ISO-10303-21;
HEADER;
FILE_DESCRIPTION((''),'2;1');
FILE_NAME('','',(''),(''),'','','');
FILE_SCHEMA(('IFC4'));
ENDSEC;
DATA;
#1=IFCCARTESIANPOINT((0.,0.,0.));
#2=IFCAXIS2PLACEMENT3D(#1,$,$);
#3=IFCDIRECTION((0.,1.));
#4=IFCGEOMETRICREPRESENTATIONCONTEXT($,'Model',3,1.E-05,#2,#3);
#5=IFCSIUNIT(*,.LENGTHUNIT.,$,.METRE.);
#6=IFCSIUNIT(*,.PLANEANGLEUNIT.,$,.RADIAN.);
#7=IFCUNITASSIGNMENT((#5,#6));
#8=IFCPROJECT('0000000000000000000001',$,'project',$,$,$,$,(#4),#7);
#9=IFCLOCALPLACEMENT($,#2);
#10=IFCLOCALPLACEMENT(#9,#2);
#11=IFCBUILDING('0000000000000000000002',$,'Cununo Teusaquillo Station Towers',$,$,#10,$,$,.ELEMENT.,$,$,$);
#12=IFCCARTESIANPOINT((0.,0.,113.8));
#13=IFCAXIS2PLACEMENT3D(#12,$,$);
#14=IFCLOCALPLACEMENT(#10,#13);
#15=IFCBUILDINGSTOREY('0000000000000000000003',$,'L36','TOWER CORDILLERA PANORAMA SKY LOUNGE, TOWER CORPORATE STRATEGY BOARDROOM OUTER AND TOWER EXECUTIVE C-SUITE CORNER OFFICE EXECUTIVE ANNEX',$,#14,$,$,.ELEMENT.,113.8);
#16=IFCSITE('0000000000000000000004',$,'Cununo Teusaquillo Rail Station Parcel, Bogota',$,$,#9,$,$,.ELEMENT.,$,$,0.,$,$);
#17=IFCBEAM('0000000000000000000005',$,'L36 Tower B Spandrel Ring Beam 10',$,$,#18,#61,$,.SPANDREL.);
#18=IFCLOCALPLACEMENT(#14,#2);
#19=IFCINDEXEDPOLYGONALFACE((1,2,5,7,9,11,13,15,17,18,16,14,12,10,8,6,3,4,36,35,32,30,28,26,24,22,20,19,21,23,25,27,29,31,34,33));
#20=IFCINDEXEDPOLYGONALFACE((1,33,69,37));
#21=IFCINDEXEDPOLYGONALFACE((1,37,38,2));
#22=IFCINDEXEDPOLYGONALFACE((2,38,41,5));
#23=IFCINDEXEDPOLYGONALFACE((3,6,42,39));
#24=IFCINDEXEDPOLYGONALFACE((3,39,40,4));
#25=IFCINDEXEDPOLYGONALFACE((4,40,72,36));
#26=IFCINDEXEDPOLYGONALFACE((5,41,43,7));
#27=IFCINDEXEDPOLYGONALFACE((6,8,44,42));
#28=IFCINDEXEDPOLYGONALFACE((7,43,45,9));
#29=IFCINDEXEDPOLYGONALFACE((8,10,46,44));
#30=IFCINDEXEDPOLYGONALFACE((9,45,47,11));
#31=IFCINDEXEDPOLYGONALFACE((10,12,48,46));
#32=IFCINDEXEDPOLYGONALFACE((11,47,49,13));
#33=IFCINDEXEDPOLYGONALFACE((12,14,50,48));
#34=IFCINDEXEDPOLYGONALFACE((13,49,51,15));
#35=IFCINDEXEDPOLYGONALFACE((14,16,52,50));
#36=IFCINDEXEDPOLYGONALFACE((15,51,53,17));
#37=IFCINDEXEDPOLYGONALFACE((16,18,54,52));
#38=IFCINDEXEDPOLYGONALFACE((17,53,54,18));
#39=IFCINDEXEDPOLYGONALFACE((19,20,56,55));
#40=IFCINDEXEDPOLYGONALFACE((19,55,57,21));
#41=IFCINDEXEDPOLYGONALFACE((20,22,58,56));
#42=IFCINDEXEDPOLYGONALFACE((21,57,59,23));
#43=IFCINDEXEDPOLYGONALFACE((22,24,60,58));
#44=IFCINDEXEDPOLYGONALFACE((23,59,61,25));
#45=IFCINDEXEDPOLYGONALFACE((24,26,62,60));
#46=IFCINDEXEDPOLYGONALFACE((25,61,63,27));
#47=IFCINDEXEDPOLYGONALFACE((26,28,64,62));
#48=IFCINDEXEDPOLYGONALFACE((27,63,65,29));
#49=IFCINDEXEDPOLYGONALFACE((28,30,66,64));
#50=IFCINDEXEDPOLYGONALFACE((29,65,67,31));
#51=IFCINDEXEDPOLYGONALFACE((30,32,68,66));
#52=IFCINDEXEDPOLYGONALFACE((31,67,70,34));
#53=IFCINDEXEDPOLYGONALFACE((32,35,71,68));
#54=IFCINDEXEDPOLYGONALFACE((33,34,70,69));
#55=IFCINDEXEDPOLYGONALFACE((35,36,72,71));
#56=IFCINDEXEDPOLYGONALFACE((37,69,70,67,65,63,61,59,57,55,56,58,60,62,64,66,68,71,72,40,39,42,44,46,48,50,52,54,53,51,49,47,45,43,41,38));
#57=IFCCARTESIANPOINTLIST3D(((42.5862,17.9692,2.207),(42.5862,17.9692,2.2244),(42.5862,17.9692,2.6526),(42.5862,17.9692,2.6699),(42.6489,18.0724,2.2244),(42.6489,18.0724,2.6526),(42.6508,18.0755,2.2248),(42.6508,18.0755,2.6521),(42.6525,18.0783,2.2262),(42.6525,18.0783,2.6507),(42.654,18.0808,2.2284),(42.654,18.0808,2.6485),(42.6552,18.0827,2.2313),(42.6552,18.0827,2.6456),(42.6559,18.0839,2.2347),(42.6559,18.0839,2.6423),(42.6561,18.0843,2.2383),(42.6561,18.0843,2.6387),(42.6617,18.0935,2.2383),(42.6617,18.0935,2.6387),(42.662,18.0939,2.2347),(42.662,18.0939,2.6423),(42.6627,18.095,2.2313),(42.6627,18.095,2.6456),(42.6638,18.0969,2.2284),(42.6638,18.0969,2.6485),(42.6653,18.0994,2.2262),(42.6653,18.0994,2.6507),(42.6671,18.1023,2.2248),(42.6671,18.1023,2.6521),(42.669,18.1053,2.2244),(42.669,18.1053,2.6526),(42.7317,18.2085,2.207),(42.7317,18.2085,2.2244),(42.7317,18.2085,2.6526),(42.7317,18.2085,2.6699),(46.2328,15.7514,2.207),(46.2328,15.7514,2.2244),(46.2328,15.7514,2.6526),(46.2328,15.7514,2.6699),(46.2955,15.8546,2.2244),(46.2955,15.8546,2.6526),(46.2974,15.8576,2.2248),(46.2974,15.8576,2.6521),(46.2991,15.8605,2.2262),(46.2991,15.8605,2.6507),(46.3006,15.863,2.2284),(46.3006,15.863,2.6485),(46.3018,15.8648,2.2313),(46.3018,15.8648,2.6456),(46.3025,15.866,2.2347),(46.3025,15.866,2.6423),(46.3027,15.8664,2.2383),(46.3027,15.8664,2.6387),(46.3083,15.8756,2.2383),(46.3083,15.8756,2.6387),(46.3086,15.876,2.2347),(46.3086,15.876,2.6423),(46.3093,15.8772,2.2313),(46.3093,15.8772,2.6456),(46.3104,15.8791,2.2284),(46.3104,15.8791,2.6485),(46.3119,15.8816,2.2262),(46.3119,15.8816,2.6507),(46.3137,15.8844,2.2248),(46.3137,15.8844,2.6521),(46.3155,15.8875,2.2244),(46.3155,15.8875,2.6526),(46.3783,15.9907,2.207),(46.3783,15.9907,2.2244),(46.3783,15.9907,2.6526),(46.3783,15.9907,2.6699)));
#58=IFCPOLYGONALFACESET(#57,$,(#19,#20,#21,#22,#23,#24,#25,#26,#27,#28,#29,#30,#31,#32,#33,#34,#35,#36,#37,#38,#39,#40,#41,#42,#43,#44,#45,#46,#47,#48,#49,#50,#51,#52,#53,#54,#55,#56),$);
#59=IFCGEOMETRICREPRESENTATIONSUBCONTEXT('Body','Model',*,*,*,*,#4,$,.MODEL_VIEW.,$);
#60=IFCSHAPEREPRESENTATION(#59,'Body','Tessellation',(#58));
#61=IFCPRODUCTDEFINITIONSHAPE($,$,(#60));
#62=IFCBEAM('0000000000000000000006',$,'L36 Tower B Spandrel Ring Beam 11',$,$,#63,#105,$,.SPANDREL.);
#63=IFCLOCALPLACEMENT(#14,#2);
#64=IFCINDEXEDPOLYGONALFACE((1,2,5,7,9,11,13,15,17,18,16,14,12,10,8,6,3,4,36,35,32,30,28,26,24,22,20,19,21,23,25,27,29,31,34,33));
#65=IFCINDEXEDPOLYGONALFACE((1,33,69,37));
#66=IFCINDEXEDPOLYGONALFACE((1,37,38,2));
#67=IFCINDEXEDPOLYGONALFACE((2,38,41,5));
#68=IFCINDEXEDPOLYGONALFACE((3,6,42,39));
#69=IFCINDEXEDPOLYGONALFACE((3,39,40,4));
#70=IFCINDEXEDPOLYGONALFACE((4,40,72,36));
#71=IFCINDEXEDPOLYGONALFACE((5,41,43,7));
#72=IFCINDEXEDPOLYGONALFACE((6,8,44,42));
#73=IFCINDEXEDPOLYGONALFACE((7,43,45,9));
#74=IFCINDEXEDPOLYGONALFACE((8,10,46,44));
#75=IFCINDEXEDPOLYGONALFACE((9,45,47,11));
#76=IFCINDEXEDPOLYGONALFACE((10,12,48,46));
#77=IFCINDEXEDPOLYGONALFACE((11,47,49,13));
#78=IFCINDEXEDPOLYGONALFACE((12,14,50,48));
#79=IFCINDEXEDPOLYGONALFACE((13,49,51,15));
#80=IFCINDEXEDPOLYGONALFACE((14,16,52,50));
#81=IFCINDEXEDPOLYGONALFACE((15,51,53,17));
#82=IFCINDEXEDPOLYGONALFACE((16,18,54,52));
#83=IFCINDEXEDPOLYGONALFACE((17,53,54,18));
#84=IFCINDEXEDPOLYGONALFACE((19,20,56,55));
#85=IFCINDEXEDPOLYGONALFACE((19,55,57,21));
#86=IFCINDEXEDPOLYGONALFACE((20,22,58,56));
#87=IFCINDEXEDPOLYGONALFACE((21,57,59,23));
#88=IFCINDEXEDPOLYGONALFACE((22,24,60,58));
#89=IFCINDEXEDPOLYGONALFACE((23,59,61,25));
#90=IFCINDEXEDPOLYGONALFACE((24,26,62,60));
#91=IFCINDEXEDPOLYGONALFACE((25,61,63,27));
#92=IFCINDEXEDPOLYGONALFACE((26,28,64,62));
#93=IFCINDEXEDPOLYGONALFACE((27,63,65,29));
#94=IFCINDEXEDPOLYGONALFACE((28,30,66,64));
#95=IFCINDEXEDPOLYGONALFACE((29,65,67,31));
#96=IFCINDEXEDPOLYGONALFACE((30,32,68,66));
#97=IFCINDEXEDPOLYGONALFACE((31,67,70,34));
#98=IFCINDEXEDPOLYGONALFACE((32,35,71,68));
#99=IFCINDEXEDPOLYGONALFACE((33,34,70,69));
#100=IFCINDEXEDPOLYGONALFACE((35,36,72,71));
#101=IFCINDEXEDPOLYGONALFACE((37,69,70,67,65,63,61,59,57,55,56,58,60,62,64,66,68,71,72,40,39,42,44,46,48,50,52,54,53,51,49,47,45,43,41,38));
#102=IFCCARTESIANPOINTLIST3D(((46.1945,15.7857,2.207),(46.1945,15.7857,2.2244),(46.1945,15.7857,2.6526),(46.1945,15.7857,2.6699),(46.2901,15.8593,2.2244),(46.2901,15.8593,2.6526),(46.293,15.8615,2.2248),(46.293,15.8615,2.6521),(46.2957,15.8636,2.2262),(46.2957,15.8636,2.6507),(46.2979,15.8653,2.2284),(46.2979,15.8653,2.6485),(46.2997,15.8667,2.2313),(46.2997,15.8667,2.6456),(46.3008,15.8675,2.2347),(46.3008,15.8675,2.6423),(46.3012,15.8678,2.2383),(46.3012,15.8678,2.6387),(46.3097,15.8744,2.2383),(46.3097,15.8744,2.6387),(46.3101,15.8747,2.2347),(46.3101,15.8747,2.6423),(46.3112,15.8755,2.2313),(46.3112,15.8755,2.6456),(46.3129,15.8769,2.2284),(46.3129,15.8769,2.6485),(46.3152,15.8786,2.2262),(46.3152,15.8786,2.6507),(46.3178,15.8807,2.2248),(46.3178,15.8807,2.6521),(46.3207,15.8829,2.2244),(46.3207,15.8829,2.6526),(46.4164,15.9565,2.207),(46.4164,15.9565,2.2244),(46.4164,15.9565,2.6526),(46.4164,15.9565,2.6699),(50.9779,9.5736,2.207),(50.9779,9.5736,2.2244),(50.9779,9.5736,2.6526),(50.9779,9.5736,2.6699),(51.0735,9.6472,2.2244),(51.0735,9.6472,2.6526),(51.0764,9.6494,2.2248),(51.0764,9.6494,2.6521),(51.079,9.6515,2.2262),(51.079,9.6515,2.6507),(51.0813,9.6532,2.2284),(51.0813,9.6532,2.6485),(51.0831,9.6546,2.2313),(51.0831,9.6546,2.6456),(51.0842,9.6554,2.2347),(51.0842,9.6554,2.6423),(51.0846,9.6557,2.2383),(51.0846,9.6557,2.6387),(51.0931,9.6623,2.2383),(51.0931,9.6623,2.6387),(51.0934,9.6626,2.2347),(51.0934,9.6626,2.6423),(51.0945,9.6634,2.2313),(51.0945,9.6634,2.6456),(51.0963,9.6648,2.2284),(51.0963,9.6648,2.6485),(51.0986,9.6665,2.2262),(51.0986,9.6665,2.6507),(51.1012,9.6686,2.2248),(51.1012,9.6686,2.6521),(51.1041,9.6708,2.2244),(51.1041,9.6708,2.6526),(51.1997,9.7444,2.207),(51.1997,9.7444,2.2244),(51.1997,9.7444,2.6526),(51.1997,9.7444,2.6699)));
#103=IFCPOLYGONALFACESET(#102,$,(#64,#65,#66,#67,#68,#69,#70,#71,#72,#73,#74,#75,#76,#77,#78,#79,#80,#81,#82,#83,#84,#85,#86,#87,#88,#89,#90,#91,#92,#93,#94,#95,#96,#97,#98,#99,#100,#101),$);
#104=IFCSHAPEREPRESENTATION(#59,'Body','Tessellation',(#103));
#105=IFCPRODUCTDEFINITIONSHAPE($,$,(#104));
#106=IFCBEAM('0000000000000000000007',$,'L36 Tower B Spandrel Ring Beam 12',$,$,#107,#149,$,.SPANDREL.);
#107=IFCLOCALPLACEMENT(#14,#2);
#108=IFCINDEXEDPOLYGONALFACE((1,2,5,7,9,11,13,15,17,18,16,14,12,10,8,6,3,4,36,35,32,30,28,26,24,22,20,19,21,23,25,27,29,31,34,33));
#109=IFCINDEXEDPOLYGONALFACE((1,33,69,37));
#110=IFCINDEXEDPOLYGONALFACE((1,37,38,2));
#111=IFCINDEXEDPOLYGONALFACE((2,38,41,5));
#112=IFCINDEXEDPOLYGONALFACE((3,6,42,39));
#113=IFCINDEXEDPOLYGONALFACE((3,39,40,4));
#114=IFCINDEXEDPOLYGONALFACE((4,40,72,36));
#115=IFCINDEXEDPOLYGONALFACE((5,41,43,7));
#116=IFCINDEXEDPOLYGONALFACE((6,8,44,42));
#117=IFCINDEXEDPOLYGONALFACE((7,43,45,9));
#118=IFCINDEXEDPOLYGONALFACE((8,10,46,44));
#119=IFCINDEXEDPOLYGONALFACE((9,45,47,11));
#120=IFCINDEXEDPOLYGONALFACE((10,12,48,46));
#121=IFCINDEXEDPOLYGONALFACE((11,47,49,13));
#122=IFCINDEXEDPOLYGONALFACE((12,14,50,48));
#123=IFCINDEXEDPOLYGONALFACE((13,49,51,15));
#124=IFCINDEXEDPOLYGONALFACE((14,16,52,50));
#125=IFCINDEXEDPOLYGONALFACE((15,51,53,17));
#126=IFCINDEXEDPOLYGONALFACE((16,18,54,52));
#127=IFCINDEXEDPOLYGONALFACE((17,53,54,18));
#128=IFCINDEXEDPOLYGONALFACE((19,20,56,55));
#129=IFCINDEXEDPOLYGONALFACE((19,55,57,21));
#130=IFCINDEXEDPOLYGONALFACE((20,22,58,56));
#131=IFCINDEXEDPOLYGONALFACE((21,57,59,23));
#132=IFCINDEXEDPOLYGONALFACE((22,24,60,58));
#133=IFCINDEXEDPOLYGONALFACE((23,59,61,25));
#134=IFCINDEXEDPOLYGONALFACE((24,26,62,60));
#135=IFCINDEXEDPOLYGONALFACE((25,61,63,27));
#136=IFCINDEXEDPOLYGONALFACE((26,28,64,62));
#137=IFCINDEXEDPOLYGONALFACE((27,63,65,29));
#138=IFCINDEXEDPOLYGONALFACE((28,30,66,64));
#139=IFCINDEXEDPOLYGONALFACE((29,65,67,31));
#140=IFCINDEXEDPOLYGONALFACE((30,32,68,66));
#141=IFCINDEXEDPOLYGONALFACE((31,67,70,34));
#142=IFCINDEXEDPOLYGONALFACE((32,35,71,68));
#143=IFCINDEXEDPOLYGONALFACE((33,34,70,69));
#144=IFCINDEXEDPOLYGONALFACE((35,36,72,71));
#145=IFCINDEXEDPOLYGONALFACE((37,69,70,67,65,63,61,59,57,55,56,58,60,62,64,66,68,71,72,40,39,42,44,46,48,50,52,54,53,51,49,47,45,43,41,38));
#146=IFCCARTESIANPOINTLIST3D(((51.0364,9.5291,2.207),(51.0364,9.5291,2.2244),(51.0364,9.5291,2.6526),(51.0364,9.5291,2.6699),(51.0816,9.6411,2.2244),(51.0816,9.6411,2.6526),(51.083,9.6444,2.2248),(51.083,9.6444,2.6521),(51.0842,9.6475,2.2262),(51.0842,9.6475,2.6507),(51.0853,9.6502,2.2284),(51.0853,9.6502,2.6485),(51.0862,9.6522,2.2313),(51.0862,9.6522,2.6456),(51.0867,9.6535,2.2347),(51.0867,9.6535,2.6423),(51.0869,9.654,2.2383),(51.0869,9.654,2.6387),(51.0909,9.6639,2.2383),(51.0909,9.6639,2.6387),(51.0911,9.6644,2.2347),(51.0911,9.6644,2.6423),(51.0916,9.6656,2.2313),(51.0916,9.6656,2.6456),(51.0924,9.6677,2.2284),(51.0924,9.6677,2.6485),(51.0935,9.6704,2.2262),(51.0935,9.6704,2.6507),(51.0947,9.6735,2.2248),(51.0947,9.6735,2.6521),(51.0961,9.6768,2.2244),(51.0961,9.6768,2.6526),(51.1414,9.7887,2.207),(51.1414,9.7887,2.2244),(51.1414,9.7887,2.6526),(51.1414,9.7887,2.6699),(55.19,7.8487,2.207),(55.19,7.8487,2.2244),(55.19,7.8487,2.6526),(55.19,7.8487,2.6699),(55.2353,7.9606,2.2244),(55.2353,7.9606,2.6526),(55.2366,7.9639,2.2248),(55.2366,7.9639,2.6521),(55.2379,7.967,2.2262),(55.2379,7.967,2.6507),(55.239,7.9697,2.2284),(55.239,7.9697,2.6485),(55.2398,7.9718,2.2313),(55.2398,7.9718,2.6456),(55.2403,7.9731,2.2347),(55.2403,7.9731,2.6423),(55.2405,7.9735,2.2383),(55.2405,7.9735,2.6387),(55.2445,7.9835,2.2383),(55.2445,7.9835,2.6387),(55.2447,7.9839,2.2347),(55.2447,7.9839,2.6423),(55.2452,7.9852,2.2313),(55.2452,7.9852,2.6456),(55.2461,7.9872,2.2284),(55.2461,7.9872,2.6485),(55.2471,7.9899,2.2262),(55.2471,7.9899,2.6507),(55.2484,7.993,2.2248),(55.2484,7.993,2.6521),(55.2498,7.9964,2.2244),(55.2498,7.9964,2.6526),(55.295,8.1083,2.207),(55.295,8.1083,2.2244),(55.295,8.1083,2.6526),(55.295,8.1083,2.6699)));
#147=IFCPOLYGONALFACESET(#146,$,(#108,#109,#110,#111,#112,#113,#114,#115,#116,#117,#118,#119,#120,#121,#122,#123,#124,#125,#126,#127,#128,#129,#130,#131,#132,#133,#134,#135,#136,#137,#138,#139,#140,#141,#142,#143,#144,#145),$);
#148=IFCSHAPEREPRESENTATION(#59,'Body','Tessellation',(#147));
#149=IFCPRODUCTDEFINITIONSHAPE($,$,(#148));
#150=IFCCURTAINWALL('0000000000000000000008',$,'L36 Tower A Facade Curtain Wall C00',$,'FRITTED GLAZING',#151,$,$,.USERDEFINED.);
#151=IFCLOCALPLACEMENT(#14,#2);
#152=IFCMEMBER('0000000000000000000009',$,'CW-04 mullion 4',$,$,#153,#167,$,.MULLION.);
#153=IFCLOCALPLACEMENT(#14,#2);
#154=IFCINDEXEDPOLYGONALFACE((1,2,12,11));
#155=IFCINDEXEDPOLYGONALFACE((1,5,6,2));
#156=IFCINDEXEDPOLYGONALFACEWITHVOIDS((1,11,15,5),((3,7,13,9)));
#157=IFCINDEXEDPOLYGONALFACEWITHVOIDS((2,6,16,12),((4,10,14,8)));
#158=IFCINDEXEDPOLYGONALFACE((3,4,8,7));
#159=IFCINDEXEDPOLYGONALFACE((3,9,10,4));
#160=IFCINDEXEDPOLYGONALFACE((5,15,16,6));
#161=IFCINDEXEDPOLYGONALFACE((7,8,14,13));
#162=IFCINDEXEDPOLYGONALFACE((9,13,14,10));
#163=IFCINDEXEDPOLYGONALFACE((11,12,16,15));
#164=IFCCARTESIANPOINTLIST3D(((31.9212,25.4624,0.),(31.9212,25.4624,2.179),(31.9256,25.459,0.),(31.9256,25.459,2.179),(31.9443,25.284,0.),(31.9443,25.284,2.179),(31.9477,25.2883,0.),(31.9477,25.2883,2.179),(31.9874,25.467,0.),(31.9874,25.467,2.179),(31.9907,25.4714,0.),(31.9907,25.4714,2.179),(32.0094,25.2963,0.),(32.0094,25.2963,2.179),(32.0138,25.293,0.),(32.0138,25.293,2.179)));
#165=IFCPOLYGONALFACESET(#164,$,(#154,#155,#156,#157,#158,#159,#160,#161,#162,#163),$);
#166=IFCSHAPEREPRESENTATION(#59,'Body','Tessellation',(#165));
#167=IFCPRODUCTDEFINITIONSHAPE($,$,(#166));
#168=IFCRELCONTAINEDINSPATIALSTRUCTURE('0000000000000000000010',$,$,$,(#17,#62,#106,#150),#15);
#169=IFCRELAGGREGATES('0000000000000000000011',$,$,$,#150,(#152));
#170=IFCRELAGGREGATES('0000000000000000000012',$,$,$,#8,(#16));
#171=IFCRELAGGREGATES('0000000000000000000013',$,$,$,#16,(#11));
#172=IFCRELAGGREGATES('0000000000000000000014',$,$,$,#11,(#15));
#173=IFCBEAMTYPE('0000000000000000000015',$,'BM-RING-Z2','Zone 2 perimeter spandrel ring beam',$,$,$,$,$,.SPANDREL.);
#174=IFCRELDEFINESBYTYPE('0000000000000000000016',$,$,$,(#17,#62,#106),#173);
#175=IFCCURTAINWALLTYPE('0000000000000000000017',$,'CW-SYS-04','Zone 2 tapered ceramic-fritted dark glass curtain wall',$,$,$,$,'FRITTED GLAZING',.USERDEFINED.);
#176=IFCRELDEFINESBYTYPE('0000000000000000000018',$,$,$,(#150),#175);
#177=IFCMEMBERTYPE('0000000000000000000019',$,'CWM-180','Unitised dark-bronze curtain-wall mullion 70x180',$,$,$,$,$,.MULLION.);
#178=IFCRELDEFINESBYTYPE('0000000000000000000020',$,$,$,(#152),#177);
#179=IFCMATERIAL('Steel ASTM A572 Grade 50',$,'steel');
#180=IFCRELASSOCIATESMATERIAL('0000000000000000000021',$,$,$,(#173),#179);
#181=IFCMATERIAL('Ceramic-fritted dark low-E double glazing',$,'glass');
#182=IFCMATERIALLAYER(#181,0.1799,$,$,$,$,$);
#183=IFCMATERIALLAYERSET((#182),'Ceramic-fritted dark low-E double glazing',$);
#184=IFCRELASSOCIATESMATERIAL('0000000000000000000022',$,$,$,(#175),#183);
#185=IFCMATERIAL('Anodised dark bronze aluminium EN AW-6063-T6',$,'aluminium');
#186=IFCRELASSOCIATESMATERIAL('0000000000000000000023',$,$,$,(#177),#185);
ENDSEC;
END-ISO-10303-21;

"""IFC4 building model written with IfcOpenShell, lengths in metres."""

from ifc_helpers import new_model, si_unit, direction, frame, origin, origin_2d, place, context, subcontext, project, spatial, hollow_rectangle, i_section, extrude, material, layer, layer_set, material_profile, profile_set, type_object, element, aggregate, save


model = new_model("IFC4")

# Units and contexts
model_context = context("Model", 3, precision=1e-05, world=origin(), true_north=direction((0.0, 1.0)))
body_context = subcontext(model_context, "Body", "Model", "MODEL_VIEW")
ifc_project = project(units=[si_unit("LENGTHUNIT", "METRE"), si_unit("PLANEANGLEUNIT", "RADIAN")], contexts=[model_context])

# Site, building, storey
site_placement = place(None, origin())
site = spatial("IfcSite", under=ifc_project, at=site_placement, Name="Cununo Teusaquillo Rail Station Parcel, Bogota", CompositionType="ELEMENT", RefElevation=0.0)
building_placement = place(site_placement, origin())
building = spatial("IfcBuilding", under=site, at=building_placement, Name="Cununo Teusaquillo Station Towers", CompositionType="ELEMENT")
storey_placement = place(building_placement, frame((0.0, 0.0, 113.8)))
storey = spatial("IfcBuildingStorey", under=building, at=storey_placement, Name="L36", Description="TOWER CORDILLERA PANORAMA SKY LOUNGE, TOWER CORPORATE STRATEGY BOARDROOM OUTER AND TOWER EXECUTIVE C-SUITE CORNER OFFICE EXECUTIVE ANNEX", CompositionType="ELEMENT", Elevation=113.8)

# Beams
ifc_material_1 = material(Name="Steel ASTM A572 Grade 50", Category="steel")
ifc_material_profile_1 = material_profile(ifc_material_1, i_section(OverallWidth=0.28, OverallDepth=0.4629, WebThickness=0.0107, FlangeThickness=0.0173, FilletRadius=0.0139, at=origin_2d()), Name="W18X76")
ifc_profile_set_1 = profile_set([ifc_material_profile_1], Name="Steel ASTM A572 Grade 50")
beam_type_1 = type_object("IfcBeamType", Name="BM-RING-Z2", Description="Zone 2 perimeter spandrel ring beam", PredefinedType="SPANDREL", material=ifc_profile_set_1)
beam_1_placement = place(storey_placement, frame((42.6589, 18.0889, 2.4385), z_axis=(0.854388, -0.519635, 0.0), x_axis=(0.519635, 0.854388, 0.0)))
element("IfcBeam", 1, at=beam_1_placement, inside=storey, type_object=beam_type_1, Name="L36 Tower B Spandrel Ring Beam 10", PredefinedType="SPANDREL", context=body_context, shape_type="SweptSolid", body=[
    extrude(i_section(OverallWidth=0.28, OverallDepth=0.4629, WebThickness=0.0107, FlangeThickness=0.0173, FilletRadius=0.0139, at=origin_2d()), origin(), (0.0, 0.0, 1.0), 4.2681),
])
beam_2_placement = place(storey_placement, frame((46.3054, 15.8711, 2.4385), z_axis=(0.6101, -0.792324, 0.0), x_axis=(0.792324, 0.6101, 0.0)))
element("IfcBeam", 2, at=beam_2_placement, inside=storey, type_object=beam_type_1, Name="L36 Tower B Spandrel Ring Beam 11", PredefinedType="SPANDREL", context=body_context, shape_type="SweptSolid", body=[
    extrude(i_section(OverallWidth=0.28, OverallDepth=0.4629, WebThickness=0.0107, FlangeThickness=0.0173, FilletRadius=0.0139, at=origin_2d()), origin(), (0.0, 0.0, 1.0), 7.8403),
])
beam_3_placement = place(storey_placement, frame((51.0889, 9.6589, 2.4385), z_axis=(0.927008, -0.375042, 0.0), x_axis=(0.375042, 0.927008, 0.0)))
element("IfcBeam", 3, at=beam_3_placement, inside=storey, type_object=beam_type_1, Name="L36 Tower B Spandrel Ring Beam 12", PredefinedType="SPANDREL", context=body_context, shape_type="SweptSolid", body=[
    extrude(i_section(OverallWidth=0.28, OverallDepth=0.4629, WebThickness=0.0107, FlangeThickness=0.0173, FilletRadius=0.0139, at=origin_2d()), origin(), (0.0, 0.0, 1.0), 4.4807),
])

# Curtain wall, member
ifc_material_2 = material(Name="Ceramic-fritted dark low-E double glazing", Category="glass")
ifc_layer_1 = layer(ifc_material_2, 0.1799)
ifc_layer_set_1 = layer_set([ifc_layer_1], Name="Ceramic-fritted dark low-E double glazing")
curtain_wall_type = type_object("IfcCurtainWallType", Name="CW-SYS-04", Description="Zone 2 tapered ceramic-fritted dark glass curtain wall", ElementType="FRITTED GLAZING", PredefinedType="USERDEFINED", material=ifc_layer_set_1)
curtain_wall_placement = place(storey_placement, origin())
curtain_wall = element("IfcCurtainWall", 4, at=curtain_wall_placement, inside=storey, type_object=curtain_wall_type, Name="L36 Tower A Facade Curtain Wall C00", ObjectType="FRITTED GLAZING", PredefinedType="USERDEFINED")
ifc_material_3 = material(Name="Anodised dark bronze aluminium EN AW-6063-T6", Category="aluminium")
ifc_material_profile_2 = material_profile(ifc_material_3, hollow_rectangle(XDim=0.0701, YDim=0.1799, WallThickness=0.0039, at=origin_2d()), Name="CW-MULL-70x180")
ifc_profile_set_2 = profile_set([ifc_material_profile_2], Name="Anodised dark bronze aluminium EN AW-6063-T6")
member_type_1 = type_object("IfcMemberType", Name="CWM-180", Description="Unitised dark-bronze curtain-wall mullion 70x180", PredefinedType="MULLION", material=ifc_profile_set_2)
member_1_placement = place(storey_placement, frame((31.9675, 25.3777, 0.0), z_axis=(0.0, 0.0, 1.0), x_axis=(0.991731, 0.128336, 0.0)))
member_1 = element("IfcMember", 5, at=member_1_placement, type_object=member_type_1, Name="CW-04 mullion 4", PredefinedType="MULLION", context=body_context, shape_type="SweptSolid", body=[
    extrude(hollow_rectangle(XDim=0.0701, YDim=0.1799, WallThickness=0.0039, at=origin_2d()), origin(), (0.0, 0.0, 1.0), 2.179),
])
aggregate(curtain_wall, [member_1])

save(model, "model.ifc")
